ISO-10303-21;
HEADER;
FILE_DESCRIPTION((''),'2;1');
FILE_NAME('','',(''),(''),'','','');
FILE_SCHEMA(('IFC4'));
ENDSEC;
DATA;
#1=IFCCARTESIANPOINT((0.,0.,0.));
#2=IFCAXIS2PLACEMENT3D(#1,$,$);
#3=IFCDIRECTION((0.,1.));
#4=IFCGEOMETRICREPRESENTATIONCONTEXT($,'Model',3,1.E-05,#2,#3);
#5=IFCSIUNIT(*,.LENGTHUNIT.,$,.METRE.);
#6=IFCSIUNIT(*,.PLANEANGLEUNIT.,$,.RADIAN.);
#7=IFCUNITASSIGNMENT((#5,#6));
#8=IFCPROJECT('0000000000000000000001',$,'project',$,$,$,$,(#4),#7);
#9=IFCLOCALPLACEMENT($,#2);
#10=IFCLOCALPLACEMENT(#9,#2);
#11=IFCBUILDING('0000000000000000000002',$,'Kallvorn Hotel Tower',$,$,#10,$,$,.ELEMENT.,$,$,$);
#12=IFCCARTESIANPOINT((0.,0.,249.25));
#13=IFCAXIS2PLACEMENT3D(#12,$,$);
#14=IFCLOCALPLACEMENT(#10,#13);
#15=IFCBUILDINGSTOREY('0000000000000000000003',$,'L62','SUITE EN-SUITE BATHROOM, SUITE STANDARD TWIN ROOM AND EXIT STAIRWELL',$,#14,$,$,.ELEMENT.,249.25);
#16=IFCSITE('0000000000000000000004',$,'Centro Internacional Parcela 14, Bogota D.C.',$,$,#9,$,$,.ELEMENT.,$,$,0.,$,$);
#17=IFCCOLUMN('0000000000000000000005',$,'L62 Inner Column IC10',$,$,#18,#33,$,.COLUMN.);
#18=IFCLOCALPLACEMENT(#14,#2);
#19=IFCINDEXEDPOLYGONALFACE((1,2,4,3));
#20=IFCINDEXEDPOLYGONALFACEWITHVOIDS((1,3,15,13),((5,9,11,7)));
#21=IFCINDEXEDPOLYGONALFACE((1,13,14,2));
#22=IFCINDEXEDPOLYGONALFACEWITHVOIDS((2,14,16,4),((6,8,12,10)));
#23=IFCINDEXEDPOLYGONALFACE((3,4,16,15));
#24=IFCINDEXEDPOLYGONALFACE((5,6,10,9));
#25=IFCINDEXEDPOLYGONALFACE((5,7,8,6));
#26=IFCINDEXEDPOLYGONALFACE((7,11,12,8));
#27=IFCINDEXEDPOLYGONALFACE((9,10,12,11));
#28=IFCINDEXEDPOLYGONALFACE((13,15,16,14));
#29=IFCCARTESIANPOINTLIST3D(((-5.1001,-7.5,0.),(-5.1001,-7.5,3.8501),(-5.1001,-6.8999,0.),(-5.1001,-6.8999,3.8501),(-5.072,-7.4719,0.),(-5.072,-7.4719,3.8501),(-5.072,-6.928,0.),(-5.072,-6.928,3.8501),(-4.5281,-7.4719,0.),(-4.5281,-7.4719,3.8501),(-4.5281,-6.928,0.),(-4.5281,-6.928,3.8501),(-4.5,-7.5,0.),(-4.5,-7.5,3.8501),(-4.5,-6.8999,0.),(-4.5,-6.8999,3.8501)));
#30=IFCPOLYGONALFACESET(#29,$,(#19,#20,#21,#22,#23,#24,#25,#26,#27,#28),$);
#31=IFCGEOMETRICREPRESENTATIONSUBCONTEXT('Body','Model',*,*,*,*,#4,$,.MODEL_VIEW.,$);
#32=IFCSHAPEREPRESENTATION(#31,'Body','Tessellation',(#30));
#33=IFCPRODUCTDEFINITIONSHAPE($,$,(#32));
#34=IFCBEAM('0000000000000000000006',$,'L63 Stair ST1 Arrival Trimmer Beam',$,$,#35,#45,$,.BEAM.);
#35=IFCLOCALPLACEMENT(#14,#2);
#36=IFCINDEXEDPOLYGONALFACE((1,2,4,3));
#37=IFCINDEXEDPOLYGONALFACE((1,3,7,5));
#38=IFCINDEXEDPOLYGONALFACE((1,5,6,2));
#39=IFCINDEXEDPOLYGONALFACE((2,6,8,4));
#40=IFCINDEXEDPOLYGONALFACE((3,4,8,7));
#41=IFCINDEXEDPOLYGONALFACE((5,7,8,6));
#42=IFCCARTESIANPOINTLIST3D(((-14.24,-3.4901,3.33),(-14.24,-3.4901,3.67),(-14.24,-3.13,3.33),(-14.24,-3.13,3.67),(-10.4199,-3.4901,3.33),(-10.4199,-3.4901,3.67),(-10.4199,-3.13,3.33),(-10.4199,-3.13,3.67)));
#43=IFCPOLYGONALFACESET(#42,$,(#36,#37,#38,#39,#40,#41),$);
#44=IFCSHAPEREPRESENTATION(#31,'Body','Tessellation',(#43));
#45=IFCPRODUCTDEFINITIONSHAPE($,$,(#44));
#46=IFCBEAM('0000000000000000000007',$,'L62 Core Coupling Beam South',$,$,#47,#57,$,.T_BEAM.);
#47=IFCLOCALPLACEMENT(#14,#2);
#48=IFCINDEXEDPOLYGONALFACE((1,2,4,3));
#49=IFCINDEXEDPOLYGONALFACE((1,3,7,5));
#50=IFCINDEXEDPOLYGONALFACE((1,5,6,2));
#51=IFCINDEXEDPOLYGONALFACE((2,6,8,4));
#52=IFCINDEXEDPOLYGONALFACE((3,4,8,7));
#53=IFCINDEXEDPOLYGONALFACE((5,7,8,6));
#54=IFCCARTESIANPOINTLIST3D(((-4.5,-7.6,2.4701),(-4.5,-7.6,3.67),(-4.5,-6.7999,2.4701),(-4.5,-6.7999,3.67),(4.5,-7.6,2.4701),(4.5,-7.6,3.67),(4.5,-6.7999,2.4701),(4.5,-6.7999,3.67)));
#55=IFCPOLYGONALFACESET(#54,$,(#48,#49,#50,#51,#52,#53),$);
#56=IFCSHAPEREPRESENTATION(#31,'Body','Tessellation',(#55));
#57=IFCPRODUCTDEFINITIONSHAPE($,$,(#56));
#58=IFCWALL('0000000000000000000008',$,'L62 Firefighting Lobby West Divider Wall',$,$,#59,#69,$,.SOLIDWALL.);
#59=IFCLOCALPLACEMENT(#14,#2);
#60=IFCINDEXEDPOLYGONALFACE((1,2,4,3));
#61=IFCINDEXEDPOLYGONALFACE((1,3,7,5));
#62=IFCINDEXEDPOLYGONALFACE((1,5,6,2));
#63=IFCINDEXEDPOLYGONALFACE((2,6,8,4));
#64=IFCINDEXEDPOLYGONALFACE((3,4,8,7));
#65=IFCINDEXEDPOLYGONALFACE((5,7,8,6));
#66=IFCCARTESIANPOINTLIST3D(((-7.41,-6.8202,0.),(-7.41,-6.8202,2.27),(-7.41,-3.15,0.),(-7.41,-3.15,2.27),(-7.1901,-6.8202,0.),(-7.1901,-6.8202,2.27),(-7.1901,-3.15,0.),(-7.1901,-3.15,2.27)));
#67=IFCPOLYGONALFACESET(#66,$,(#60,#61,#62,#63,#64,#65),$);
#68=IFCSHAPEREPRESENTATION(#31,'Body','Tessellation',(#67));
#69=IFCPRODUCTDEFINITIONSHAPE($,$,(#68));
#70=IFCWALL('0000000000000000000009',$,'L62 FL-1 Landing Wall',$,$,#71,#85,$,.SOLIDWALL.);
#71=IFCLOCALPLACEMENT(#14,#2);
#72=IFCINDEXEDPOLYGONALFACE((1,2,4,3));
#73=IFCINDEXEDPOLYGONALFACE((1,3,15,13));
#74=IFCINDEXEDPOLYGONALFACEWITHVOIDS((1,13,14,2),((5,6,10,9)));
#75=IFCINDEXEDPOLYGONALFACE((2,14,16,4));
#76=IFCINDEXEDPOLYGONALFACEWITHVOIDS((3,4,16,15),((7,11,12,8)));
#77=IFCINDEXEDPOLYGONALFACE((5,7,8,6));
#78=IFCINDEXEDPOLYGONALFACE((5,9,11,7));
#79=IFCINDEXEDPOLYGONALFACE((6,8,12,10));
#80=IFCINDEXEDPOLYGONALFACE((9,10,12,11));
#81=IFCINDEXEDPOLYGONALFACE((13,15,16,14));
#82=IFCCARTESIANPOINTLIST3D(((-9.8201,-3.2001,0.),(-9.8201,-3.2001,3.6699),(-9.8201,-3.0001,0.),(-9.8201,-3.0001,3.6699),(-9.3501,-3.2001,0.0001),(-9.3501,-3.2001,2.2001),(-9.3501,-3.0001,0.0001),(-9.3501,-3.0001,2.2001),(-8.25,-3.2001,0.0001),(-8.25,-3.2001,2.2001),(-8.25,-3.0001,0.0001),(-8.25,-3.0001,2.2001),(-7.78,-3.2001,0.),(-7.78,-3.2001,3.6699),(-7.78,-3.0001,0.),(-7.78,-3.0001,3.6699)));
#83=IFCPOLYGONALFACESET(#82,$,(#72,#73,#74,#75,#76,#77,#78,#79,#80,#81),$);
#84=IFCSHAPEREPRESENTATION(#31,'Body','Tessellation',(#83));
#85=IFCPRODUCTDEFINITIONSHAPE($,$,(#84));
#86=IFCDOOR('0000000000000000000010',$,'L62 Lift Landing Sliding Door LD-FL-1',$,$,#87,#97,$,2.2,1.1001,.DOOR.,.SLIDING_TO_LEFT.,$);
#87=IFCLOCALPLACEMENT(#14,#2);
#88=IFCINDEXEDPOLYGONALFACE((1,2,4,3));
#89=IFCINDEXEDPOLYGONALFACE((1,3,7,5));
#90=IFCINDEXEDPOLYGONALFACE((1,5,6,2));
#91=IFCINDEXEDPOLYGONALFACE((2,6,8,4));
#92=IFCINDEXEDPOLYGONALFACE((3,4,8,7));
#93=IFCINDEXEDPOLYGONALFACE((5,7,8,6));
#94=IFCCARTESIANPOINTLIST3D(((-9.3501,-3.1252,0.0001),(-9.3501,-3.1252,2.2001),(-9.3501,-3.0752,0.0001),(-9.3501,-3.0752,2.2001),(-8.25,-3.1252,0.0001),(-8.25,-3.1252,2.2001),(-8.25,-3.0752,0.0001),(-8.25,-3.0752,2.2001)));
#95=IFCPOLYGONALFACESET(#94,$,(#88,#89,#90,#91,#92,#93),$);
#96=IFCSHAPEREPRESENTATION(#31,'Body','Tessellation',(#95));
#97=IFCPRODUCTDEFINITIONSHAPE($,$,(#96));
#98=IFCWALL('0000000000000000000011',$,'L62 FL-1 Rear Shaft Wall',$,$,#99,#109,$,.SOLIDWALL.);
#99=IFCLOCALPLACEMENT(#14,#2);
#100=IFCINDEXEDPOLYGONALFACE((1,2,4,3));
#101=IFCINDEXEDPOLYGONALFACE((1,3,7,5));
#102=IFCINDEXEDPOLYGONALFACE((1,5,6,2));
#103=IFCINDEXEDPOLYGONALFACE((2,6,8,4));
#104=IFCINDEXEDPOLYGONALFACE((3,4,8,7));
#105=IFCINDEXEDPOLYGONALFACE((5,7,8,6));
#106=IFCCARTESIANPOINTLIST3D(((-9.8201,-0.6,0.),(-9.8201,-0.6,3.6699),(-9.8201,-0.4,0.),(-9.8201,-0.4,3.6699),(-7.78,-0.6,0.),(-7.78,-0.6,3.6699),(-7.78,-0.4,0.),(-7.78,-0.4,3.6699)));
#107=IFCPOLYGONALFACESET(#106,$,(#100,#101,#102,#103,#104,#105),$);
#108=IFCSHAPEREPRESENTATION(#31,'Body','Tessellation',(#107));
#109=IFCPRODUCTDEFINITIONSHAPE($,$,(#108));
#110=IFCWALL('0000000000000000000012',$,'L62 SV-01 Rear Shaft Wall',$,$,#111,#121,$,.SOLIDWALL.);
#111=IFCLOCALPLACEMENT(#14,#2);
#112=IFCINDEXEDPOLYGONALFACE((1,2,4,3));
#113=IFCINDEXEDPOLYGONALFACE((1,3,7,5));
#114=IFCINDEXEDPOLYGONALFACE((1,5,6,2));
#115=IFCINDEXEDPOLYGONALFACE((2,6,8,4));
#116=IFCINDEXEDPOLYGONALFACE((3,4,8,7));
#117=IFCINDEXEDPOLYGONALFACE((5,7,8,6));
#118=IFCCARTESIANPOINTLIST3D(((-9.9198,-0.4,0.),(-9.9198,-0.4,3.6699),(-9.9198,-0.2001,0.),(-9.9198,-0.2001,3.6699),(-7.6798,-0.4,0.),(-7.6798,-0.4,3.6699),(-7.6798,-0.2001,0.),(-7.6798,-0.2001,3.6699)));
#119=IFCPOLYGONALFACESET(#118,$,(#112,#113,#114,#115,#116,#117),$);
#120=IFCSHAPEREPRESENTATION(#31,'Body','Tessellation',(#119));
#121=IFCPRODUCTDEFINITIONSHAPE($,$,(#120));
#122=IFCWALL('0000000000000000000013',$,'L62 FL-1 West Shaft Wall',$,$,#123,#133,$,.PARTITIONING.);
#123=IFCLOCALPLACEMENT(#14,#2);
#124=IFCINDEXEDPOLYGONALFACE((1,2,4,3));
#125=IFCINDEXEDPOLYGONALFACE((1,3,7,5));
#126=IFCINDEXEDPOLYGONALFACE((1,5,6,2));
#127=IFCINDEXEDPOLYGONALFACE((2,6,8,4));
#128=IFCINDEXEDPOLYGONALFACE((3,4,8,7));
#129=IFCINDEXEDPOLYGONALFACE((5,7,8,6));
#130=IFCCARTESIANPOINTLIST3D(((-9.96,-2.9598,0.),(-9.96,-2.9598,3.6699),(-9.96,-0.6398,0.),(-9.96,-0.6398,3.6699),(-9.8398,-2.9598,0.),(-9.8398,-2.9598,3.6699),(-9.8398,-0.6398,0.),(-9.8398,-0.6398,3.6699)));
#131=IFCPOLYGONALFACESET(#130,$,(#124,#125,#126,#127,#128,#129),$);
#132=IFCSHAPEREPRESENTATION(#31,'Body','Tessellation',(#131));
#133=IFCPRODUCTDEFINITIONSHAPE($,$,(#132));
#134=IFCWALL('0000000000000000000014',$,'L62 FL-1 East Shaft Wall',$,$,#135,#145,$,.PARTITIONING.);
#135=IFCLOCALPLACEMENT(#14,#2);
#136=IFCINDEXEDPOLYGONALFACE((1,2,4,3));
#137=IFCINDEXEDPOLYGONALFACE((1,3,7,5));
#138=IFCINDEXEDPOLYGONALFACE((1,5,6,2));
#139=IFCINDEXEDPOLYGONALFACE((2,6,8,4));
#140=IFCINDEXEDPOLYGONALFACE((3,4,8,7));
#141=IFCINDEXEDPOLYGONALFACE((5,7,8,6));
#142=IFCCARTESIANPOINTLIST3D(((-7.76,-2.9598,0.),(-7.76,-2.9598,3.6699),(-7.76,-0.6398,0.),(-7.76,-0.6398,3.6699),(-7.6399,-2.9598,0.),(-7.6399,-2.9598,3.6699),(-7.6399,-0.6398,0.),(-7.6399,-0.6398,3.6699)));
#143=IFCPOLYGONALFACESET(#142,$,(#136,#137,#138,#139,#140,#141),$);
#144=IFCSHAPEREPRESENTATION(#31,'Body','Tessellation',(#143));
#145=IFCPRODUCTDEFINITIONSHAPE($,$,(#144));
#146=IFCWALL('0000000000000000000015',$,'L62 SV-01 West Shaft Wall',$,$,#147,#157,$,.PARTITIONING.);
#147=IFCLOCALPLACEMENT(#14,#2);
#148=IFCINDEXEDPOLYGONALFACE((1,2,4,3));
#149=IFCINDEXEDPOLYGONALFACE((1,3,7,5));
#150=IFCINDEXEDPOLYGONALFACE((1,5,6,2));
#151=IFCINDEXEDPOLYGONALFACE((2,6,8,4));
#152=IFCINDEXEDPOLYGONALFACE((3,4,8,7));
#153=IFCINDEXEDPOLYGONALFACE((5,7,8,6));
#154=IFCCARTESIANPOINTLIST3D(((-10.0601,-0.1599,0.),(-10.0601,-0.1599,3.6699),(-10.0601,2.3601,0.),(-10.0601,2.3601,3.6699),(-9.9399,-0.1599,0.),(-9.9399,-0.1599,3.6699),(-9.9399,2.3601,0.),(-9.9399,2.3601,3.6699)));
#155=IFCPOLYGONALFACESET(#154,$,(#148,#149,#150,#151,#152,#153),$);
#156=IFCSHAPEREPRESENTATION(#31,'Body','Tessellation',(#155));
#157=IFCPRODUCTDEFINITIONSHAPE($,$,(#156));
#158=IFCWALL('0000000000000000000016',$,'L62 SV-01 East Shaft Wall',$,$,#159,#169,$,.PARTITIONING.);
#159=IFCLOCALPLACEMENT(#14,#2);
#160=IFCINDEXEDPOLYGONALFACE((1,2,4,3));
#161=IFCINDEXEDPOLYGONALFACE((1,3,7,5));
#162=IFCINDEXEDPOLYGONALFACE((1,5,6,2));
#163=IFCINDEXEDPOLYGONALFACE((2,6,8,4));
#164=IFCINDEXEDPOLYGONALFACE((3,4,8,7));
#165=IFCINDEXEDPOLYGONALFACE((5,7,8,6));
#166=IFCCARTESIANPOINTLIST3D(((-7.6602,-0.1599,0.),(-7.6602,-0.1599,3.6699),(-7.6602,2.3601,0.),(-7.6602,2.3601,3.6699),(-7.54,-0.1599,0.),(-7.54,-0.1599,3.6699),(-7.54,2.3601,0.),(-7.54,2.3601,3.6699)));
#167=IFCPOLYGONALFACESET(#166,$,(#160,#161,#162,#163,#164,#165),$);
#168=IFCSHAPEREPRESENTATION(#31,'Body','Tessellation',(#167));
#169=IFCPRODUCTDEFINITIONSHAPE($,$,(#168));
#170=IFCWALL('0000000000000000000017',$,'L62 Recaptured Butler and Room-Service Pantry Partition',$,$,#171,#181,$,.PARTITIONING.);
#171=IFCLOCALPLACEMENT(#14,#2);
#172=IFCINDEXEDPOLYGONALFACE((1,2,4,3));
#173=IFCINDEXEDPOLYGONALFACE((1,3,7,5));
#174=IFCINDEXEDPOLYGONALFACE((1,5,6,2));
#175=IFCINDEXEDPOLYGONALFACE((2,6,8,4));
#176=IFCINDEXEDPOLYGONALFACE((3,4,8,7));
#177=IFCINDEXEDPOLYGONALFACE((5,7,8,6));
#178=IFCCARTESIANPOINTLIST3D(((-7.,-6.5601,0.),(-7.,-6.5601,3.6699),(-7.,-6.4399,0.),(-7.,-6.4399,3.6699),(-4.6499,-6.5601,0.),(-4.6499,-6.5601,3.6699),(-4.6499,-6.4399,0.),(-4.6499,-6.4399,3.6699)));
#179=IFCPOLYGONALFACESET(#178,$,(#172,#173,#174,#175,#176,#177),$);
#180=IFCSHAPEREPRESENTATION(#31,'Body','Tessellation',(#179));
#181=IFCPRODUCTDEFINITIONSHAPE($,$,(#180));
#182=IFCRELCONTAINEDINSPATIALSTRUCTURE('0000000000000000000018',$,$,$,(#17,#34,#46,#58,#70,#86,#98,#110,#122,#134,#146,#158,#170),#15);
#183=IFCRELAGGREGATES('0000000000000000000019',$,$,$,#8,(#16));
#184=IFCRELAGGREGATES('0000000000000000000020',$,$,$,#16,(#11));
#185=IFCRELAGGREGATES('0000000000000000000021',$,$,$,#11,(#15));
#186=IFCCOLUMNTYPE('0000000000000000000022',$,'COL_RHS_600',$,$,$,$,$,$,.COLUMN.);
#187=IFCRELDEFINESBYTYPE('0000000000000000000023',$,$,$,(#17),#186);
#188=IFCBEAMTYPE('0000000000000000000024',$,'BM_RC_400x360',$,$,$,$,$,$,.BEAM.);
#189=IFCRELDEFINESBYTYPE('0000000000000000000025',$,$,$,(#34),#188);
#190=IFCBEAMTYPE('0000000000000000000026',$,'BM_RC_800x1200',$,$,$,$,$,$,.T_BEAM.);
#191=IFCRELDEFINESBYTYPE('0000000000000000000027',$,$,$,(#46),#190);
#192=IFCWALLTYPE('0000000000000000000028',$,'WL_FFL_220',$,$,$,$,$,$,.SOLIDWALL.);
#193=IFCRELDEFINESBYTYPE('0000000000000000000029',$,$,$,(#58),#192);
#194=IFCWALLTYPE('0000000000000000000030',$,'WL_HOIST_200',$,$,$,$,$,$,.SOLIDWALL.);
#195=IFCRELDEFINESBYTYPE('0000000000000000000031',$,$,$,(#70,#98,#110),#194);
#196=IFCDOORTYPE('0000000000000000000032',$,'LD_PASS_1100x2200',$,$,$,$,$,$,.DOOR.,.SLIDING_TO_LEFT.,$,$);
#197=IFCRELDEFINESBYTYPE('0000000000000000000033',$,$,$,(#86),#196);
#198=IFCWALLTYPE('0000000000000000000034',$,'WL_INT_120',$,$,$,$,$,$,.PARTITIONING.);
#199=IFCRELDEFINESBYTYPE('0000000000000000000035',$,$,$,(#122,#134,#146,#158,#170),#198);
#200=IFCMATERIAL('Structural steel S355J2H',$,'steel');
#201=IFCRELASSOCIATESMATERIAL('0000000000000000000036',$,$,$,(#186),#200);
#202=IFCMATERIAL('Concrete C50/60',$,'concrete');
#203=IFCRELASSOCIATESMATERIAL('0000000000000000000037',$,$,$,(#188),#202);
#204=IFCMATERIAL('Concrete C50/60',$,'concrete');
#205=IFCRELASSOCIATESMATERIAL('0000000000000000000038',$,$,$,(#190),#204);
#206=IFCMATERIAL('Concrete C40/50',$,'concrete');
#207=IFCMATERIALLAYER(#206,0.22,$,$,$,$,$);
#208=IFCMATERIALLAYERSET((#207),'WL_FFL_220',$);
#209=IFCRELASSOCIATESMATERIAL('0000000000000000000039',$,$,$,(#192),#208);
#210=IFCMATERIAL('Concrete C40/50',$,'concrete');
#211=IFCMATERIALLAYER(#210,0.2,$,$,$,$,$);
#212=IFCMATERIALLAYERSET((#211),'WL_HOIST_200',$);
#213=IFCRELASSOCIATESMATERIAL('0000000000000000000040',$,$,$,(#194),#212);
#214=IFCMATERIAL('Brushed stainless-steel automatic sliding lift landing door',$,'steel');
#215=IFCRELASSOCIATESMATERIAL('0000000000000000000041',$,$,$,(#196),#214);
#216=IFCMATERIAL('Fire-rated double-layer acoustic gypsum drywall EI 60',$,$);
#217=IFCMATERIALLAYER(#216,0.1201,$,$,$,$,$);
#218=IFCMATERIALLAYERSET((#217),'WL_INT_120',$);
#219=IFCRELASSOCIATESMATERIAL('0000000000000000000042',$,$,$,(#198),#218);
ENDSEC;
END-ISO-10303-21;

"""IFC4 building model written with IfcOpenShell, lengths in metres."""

from ifc_helpers import new_model, si_unit, direction, frame, frame_2d, origin, origin_2d, place, context, subcontext, project, spatial, rectangle, hollow_rectangle, extrude, material, layer, layer_set, material_profile, profile_set, type_object, element, fill, save


model = new_model("IFC4")

# Units and contexts
model_context = context("Model", 3, precision=1e-05, world=origin(), true_north=direction((0.0, 1.0)))
body_context = subcontext(model_context, "Body", "Model", "MODEL_VIEW")
ifc_project = project(units=[si_unit("LENGTHUNIT", "METRE"), si_unit("PLANEANGLEUNIT", "RADIAN")], contexts=[model_context])

# Site, building, storey
site_placement = place(None, origin())
site = spatial("IfcSite", under=ifc_project, at=site_placement, Name="Centro Internacional Parcela 14, Bogota D.C.", CompositionType="ELEMENT", RefElevation=0.0)
building_placement = place(site_placement, origin())
building = spatial("IfcBuilding", under=site, at=building_placement, Name="Kallvorn Hotel Tower", CompositionType="ELEMENT")
storey_placement = place(building_placement, frame((0.0, 0.0, 249.25)))
storey = spatial("IfcBuildingStorey", under=building, at=storey_placement, Name="L62", Description="SUITE EN-SUITE BATHROOM, SUITE STANDARD TWIN ROOM AND EXIT STAIRWELL", CompositionType="ELEMENT", Elevation=249.25)

# Column
ifc_material_1 = material(Name="Structural steel S355J2H", Category="steel")
ifc_material_profile_1 = material_profile(ifc_material_1, hollow_rectangle(XDim=0.6001, YDim=0.6001, WallThickness=0.0281, at=origin_2d()), Name="RHS 600x600x28")
ifc_profile_set_1 = profile_set([ifc_material_profile_1], Name="Structural steel S355J2H")
column_type = type_object("IfcColumnType", Name="COL_RHS_600", PredefinedType="COLUMN", material=ifc_profile_set_1)
column_placement = place(storey_placement, frame((-4.8, -7.2, 0.0), z_axis=(0.0, 0.0, 1.0), x_axis=(1.0, 0.0, 0.0)))
element("IfcColumn", 1, at=column_placement, inside=storey, type_object=column_type, Name="L62 Inner Column IC10", PredefinedType="COLUMN", context=body_context, shape_type="SweptSolid", body=[
    extrude(hollow_rectangle(XDim=0.6001, YDim=0.6001, WallThickness=0.0281, at=origin_2d()), origin(), (0.0, 0.0, 1.0), 3.8501),
])

# Beams
ifc_material_2 = material(Name="Concrete C50/60", Category="concrete")
ifc_material_profile_2 = material_profile(ifc_material_2, rectangle(XDim=0.3601, YDim=0.3401, at=origin_2d()), Name="RC 360x340")
ifc_profile_set_2 = profile_set([ifc_material_profile_2], Name="Concrete C50/60")
beam_type_1 = type_object("IfcBeamType", Name="BM_RC_400x360", PredefinedType="BEAM", material=ifc_profile_set_2)
beam_1_placement = place(storey_placement, frame((-10.4199, -3.3101, 3.5), z_axis=(-1.0, 0.0, 0.0), x_axis=(0.0, -1.0, 0.0)))
element("IfcBeam", 2, at=beam_1_placement, inside=storey, type_object=beam_type_1, Name="L63 Stair ST1 Arrival Trimmer Beam", PredefinedType="BEAM", context=body_context, shape_type="SweptSolid", body=[
    extrude(rectangle(XDim=0.3601, YDim=0.3401, at=origin_2d()), origin(), (0.0, 0.0, 1.0), 3.8201),
])
ifc_material_3 = material(Name="Concrete C50/60", Category="concrete")
ifc_material_profile_3 = material_profile(ifc_material_3, rectangle(XDim=0.8, YDim=1.2, at=origin_2d()), Name="RC 800x1200")
ifc_profile_set_3 = profile_set([ifc_material_profile_3], Name="Concrete C50/60")
beam_type_2 = type_object("IfcBeamType", Name="BM_RC_800x1200", PredefinedType="T_BEAM", material=ifc_profile_set_3)
beam_2_placement = place(storey_placement, frame((-4.5, -7.2, 3.0701), z_axis=(1.0, 0.0, 0.0), x_axis=(0.0, 1.0, 0.0)))
element("IfcBeam", 3, at=beam_2_placement, inside=storey, type_object=beam_type_2, Name="L62 Core Coupling Beam South", PredefinedType="T_BEAM", context=body_context, shape_type="SweptSolid", body=[
    extrude(rectangle(XDim=0.8, YDim=1.2, at=origin_2d()), origin(), (0.0, 0.0, 1.0), 9.0),
])

# Wall
ifc_material_4 = material(Name="Concrete C40/50", Category="concrete")
ifc_layer_1 = layer(ifc_material_4, 0.22)
ifc_layer_set_1 = layer_set([ifc_layer_1], Name="WL_FFL_220")
wall_type_1 = type_object("IfcWallType", Name="WL_FFL_220", PredefinedType="SOLIDWALL", material=ifc_layer_set_1)
wall_1_placement = place(storey_placement, frame((-7.3, -6.8201, 0.0), z_axis=(0.0, 0.0, 1.0), x_axis=(0.0, 1.0, 0.0)))
element("IfcWall", 4, at=wall_1_placement, inside=storey, type_object=wall_type_1, Name="L62 Firefighting Lobby West Divider Wall", PredefinedType="SOLIDWALL", context=body_context, shape_type="SweptSolid", body=[
    extrude(rectangle(XDim=3.6702, YDim=0.22, at=frame_2d((1.835, 0.0))), origin(), (0.0, 0.0, 1.0), 2.27),
])

# Wall, opening, door
ifc_material_5 = material(Name="Concrete C40/50", Category="concrete")
ifc_layer_2 = layer(ifc_material_5, 0.2)
ifc_layer_set_2 = layer_set([ifc_layer_2], Name="WL_HOIST_200")
wall_type_2 = type_object("IfcWallType", Name="WL_HOIST_200", PredefinedType="SOLIDWALL", material=ifc_layer_set_2)
wall_2_placement = place(storey_placement, frame((-9.8201, -3.1001, 0.0), z_axis=(0.0, 0.0, 1.0), x_axis=(1.0, 0.0, 0.0)))
wall_2 = element("IfcWall", 5, at=wall_2_placement, inside=storey, type_object=wall_type_2, Name="L62 FL-1 Landing Wall", PredefinedType="SOLIDWALL", context=body_context, shape_type="SweptSolid", body=[
    extrude(rectangle(XDim=2.04, YDim=0.2, at=frame_2d((1.02, 0.0))), origin(), (0.0, 0.0, 1.0), 3.6699),
])
opening_1_placement = place(wall_2_placement, frame((0.47, 0.0, 0.0)))
opening_1 = element("IfcOpeningElement", 6, at=opening_1_placement, cuts=wall_2, PredefinedType="OPENING", context=body_context, shape_type="SweptSolid", body=[
    extrude(rectangle(XDim=1.1001, YDim=2.2, at=frame_2d((0.55, 1.1001))), frame((0.0, 0.115, 0.0), z_axis=(0.0, -1.0, 0.0), x_axis=(1.0, 0.0, 0.0)), (0.0, 0.0, 1.0), 0.23),
])
ifc_material_6 = material(Name="Brushed stainless-steel automatic sliding lift landing door", Category="steel")
door_type_1 = type_object("IfcDoorType", Name="LD_PASS_1100x2200", OperationType="SLIDING_TO_LEFT", PredefinedType="DOOR", material=ifc_material_6)
door_1_placement = place(opening_1_placement, origin())
door_1 = element("IfcDoor", 7, at=door_1_placement, inside=storey, type_object=door_type_1, Name="L62 Lift Landing Sliding Door LD-FL-1", OperationType="SLIDING_TO_LEFT", OverallHeight=2.2, OverallWidth=1.1001, PredefinedType="DOOR", context=body_context, shape_type="SweptSolid", body=[
    extrude(rectangle(XDim=1.1001, YDim=2.2, at=frame_2d((0.55, 1.1001))), frame((0.0, 0.0249, 0.0), z_axis=(0.0, -1.0, 0.0), x_axis=(1.0, 0.0, 0.0)), (0.0, 0.0, 1.0), 0.05),
])
fill(opening_1, door_1)

# Walls
wall_3_placement = place(storey_placement, frame((-9.8201, -0.5, 0.0), z_axis=(0.0, 0.0, 1.0), x_axis=(1.0, 0.0, 0.0)))
element("IfcWall", 8, at=wall_3_placement, inside=storey, type_object=wall_type_2, Name="L62 FL-1 Rear Shaft Wall", PredefinedType="SOLIDWALL", context=body_context, shape_type="SweptSolid", body=[
    extrude(rectangle(XDim=2.04, YDim=0.2, at=frame_2d((1.02, 0.0))), origin(), (0.0, 0.0, 1.0), 3.6699),
])
wall_4_placement = place(storey_placement, frame((-9.9199, -0.3, 0.0), z_axis=(0.0, 0.0, 1.0), x_axis=(1.0, 0.0, 0.0)))
element("IfcWall", 9, at=wall_4_placement, inside=storey, type_object=wall_type_2, Name="L62 SV-01 Rear Shaft Wall", PredefinedType="SOLIDWALL", context=body_context, shape_type="SweptSolid", body=[
    extrude(rectangle(XDim=2.24, YDim=0.2, at=frame_2d((1.1201, 0.0))), origin(), (0.0, 0.0, 1.0), 3.6699),
])
ifc_material_7 = material(Name="Fire-rated double-layer acoustic gypsum drywall EI 60")
ifc_layer_3 = layer(ifc_material_7, 0.1201)
ifc_layer_set_3 = layer_set([ifc_layer_3], Name="WL_INT_120")
wall_type_3 = type_object("IfcWallType", Name="WL_INT_120", PredefinedType="PARTITIONING", material=ifc_layer_set_3)
for number, where, z_axis, x_axis, name in (
    (10, (-9.8999, -2.96, 0.0), (0.0, 0.0, 1.0), (0.0, 1.0, 0.0), "L62 FL-1 West Shaft Wall"),
    (11, (-7.7, -2.96, 0.0), (0.0, 0.0, 1.0), (0.0, 1.0, 0.0), "L62 FL-1 East Shaft Wall"),
):
    element("IfcWall", number, at=place(storey_placement, frame(where, z_axis=z_axis, x_axis=x_axis)), inside=storey, type_object=wall_type_3, Name=name, PredefinedType="PARTITIONING", context=body_context, shape_type="SweptSolid", body=[
        extrude(rectangle(XDim=2.3201, YDim=0.1201, at=frame_2d((1.1602, 0.0))), origin(), (0.0, 0.0, 1.0), 3.6699),
    ])
for number, where, z_axis, x_axis, name in (
    (12, (-10.0, -0.1599, 0.0), (0.0, 0.0, 1.0), (0.0, 1.0, 0.0), "L62 SV-01 West Shaft Wall"),
    (13, (-7.6001, -0.1599, 0.0), (0.0, 0.0, 1.0), (0.0, 1.0, 0.0), "L62 SV-01 East Shaft Wall"),
):
    element("IfcWall", number, at=place(storey_placement, frame(where, z_axis=z_axis, x_axis=x_axis)), inside=storey, type_object=wall_type_3, Name=name, PredefinedType="PARTITIONING", context=body_context, shape_type="SweptSolid", body=[
        extrude(rectangle(XDim=2.52, YDim=0.1201, at=frame_2d((1.26, 0.0))), origin(), (0.0, 0.0, 1.0), 3.6699),
    ])
wall_5_placement = place(storey_placement, frame((-7.0, -6.5, 0.0), z_axis=(0.0, 0.0, 1.0), x_axis=(1.0, 0.0, 0.0)))
element("IfcWall", 14, at=wall_5_placement, inside=storey, type_object=wall_type_3, Name="L62 Recaptured Butler and Room-Service Pantry Partition", PredefinedType="PARTITIONING", context=body_context, shape_type="SweptSolid", body=[
    extrude(rectangle(XDim=2.3501, YDim=0.1201, at=frame_2d((1.175, 0.0))), origin(), (0.0, 0.0, 1.0), 3.6699),
])

save(model, "model.ifc")
